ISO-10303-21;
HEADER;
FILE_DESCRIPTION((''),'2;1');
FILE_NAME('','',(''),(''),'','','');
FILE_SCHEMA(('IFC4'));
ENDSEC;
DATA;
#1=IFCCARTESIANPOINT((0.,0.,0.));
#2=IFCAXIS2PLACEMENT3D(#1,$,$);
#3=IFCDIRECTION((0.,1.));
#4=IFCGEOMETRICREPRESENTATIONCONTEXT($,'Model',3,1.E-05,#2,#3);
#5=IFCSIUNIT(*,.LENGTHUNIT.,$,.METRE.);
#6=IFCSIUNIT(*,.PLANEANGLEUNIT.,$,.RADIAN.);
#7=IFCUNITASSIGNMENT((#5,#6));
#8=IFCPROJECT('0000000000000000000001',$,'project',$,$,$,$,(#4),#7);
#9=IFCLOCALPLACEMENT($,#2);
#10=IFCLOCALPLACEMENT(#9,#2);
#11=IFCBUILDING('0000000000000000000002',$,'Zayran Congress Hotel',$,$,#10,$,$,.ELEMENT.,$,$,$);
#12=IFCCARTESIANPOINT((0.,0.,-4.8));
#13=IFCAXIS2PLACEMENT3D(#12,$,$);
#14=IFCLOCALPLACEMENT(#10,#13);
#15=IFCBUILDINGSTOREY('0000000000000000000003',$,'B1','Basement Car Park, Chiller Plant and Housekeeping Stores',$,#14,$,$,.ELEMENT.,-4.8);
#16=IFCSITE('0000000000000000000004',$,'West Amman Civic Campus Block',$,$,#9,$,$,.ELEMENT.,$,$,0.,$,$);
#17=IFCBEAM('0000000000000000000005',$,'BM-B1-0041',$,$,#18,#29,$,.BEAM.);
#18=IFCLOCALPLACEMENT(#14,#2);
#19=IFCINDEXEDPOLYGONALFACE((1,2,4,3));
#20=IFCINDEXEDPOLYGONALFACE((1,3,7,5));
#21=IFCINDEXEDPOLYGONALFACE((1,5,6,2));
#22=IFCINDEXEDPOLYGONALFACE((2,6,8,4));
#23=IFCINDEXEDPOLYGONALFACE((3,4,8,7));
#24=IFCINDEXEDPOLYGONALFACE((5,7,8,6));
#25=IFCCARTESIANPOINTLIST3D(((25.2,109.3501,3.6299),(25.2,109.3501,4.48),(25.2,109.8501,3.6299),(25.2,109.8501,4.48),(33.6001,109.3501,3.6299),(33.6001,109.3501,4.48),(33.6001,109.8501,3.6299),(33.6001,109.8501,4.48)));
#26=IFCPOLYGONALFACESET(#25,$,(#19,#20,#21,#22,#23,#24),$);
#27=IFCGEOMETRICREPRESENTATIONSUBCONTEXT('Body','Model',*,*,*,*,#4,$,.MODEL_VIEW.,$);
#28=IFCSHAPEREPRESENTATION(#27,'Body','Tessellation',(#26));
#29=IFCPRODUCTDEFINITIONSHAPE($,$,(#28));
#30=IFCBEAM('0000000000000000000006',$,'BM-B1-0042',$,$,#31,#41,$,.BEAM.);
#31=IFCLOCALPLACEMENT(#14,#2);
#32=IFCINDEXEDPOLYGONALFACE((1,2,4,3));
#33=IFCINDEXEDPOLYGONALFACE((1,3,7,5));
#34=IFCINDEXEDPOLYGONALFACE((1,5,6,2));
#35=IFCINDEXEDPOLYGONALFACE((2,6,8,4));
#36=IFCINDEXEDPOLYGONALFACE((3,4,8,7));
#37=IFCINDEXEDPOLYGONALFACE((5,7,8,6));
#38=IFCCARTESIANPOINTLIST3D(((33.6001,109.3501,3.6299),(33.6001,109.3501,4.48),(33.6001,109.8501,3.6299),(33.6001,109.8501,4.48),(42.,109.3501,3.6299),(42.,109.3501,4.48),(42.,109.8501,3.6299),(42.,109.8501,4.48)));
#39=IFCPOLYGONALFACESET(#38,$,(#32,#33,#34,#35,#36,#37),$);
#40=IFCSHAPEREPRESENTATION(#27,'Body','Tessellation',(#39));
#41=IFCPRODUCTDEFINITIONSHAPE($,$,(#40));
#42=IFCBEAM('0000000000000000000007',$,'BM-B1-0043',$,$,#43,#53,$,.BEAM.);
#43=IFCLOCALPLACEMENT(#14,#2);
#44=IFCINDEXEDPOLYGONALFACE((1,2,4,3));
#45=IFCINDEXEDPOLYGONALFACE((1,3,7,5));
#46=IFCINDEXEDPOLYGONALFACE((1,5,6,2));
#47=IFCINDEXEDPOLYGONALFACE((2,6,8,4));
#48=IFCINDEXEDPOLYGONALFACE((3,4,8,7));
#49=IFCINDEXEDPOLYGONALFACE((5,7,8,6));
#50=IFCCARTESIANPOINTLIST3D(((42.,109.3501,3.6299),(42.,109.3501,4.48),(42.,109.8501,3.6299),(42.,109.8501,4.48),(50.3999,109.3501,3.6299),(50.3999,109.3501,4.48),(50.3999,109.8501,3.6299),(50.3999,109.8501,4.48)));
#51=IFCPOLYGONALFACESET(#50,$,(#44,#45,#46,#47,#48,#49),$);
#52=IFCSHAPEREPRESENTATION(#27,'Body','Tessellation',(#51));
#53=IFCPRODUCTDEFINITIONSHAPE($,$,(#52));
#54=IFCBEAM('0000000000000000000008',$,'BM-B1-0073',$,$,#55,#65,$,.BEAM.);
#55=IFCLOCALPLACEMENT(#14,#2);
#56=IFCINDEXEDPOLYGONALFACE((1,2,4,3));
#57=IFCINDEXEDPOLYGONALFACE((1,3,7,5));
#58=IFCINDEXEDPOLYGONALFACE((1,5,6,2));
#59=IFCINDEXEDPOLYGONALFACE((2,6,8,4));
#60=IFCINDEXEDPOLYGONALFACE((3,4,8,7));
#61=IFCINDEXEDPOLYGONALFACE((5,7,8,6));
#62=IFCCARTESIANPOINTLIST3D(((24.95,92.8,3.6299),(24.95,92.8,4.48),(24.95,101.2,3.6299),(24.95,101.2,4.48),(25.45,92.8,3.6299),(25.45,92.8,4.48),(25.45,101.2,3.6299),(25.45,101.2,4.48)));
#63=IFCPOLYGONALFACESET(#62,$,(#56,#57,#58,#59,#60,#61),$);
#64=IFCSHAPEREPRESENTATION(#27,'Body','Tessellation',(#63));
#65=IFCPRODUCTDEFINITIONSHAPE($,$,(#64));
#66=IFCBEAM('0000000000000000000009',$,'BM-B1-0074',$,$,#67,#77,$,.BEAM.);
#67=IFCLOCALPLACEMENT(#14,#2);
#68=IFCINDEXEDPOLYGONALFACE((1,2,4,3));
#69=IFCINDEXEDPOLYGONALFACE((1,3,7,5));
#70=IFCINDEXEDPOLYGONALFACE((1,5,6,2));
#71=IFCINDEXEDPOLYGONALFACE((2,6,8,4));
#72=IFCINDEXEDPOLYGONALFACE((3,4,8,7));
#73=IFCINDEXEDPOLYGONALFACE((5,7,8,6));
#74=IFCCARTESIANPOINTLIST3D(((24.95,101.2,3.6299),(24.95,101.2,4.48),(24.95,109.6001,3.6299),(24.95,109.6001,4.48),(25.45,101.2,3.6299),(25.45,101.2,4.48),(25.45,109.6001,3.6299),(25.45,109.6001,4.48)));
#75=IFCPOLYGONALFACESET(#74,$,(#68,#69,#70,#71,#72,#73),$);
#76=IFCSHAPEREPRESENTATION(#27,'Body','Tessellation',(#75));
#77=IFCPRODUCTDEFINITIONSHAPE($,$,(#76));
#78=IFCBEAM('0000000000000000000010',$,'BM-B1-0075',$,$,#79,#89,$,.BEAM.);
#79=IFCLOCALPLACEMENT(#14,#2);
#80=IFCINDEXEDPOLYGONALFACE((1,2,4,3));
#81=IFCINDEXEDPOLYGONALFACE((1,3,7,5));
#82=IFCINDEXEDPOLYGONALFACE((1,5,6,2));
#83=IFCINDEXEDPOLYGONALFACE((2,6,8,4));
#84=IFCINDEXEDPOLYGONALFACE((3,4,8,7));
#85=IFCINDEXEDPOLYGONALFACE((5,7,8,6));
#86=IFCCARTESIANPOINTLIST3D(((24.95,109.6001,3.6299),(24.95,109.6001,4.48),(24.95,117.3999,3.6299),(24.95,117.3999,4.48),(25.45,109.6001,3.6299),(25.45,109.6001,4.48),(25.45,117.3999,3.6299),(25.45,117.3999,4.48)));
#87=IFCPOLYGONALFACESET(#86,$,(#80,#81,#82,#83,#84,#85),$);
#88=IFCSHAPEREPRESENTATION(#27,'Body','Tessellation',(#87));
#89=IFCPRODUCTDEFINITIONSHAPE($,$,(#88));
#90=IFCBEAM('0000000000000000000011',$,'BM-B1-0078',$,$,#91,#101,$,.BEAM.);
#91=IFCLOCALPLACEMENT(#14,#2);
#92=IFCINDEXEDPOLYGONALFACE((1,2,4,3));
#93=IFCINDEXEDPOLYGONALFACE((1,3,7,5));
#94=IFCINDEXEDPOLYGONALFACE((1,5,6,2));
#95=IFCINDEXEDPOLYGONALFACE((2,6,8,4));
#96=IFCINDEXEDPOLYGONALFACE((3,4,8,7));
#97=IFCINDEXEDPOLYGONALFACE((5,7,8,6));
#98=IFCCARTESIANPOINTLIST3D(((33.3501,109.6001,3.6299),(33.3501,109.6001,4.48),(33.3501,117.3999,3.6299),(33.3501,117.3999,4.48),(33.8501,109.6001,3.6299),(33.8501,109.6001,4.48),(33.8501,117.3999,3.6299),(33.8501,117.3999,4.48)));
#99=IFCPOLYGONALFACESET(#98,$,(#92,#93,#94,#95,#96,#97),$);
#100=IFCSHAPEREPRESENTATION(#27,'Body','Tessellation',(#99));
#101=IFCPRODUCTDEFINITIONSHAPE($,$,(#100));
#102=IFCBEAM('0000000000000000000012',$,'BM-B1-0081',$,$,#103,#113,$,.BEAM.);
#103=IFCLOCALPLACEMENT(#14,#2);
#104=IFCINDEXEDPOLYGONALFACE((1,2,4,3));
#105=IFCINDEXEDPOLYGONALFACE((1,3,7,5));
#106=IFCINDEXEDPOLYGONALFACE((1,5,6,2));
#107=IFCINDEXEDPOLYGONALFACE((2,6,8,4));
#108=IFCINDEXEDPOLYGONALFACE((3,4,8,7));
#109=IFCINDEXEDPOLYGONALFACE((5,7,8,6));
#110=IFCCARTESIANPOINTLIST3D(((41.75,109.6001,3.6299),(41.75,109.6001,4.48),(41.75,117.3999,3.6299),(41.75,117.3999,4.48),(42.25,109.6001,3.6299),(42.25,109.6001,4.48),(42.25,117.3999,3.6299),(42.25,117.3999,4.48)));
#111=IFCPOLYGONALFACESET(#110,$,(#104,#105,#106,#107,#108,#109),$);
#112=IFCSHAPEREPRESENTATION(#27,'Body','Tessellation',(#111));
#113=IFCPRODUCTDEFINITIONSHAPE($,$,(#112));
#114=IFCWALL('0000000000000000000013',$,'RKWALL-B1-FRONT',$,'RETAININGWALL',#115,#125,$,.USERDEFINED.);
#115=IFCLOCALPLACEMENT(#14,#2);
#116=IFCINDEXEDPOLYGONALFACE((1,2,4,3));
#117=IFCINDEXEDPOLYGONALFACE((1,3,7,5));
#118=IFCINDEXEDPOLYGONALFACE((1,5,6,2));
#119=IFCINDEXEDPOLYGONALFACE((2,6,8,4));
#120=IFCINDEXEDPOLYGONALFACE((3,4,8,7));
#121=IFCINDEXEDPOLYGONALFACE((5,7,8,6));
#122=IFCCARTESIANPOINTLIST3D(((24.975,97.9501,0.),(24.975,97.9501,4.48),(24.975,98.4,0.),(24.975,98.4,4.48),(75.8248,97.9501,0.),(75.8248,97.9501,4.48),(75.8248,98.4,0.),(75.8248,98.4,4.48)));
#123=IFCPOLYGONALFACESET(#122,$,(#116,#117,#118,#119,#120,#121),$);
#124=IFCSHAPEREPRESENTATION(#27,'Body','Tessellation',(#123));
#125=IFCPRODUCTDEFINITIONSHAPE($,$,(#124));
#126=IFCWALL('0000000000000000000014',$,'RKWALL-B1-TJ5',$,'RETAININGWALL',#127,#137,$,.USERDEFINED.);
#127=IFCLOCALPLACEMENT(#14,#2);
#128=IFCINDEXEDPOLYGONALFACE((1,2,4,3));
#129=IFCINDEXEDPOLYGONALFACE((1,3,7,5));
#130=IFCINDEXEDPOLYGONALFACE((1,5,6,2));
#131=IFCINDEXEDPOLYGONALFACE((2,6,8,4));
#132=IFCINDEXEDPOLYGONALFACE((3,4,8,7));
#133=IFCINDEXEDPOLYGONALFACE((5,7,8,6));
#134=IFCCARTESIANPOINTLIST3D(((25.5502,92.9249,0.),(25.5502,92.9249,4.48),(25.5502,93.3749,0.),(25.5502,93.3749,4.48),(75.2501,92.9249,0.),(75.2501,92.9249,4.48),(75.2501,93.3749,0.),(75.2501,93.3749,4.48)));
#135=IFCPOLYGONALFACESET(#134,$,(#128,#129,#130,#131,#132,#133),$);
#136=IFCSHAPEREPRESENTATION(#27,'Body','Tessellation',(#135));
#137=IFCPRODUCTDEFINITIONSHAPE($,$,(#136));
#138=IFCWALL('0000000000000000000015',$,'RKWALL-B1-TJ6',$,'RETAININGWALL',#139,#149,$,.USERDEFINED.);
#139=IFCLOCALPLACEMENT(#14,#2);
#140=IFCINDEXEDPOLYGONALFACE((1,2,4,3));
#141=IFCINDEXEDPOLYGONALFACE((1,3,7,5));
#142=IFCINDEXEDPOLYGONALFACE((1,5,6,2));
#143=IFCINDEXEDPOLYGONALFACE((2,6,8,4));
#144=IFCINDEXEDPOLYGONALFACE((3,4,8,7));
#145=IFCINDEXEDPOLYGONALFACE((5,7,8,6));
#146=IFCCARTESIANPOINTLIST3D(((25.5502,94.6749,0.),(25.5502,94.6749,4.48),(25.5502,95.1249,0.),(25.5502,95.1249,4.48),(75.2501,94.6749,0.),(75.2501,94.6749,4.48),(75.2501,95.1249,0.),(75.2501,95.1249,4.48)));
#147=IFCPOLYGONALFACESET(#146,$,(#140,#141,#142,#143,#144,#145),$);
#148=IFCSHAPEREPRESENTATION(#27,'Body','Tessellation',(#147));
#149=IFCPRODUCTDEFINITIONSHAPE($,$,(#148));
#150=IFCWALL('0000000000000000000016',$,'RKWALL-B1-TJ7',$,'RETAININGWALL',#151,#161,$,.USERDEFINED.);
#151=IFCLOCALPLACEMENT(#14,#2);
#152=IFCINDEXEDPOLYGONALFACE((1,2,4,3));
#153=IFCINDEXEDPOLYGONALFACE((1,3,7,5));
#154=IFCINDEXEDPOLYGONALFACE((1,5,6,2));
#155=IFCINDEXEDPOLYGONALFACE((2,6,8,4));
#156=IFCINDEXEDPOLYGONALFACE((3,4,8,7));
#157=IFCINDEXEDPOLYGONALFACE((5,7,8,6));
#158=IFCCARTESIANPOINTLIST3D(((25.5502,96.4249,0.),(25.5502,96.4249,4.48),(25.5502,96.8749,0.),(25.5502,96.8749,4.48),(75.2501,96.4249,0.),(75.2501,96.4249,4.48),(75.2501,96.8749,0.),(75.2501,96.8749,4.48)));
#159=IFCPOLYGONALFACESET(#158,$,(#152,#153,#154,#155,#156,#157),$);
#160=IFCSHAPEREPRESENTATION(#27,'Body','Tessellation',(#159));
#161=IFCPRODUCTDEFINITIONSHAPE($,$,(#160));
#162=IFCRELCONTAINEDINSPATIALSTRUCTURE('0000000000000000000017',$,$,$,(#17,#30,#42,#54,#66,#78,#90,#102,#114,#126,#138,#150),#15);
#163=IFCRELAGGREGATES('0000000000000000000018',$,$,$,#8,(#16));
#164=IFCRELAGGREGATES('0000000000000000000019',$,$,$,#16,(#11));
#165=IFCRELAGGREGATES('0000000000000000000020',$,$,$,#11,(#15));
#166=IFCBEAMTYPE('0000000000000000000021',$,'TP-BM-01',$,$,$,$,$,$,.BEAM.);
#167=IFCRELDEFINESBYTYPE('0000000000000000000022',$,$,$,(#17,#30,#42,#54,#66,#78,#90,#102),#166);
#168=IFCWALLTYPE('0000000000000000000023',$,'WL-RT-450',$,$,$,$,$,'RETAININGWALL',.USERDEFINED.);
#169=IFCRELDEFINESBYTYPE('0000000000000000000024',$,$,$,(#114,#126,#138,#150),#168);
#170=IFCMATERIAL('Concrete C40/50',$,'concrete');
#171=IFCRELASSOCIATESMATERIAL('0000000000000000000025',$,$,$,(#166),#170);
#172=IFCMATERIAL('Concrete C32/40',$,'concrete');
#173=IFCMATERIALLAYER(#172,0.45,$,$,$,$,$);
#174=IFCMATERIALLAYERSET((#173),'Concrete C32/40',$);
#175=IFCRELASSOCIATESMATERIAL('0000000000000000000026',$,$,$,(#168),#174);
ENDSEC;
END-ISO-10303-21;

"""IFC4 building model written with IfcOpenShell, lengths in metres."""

from ifc_helpers import new_model, si_unit, direction, frame, frame_2d, origin, origin_2d, place, context, subcontext, project, spatial, rectangle, extrude, material, layer, layer_set, material_profile, profile_set, type_object, element, save


model = new_model("IFC4")

# Units and contexts
model_context = context("Model", 3, precision=1e-05, world=origin(), true_north=direction((0.0, 1.0)))
body_context = subcontext(model_context, "Body", "Model", "MODEL_VIEW")
ifc_project = project(units=[si_unit("LENGTHUNIT", "METRE"), si_unit("PLANEANGLEUNIT", "RADIAN")], contexts=[model_context])

# Site, building, storey
site_placement = place(None, origin())
site = spatial("IfcSite", under=ifc_project, at=site_placement, Name="West Amman Civic Campus Block", CompositionType="ELEMENT", RefElevation=0.0)
building_placement = place(site_placement, origin())
building = spatial("IfcBuilding", under=site, at=building_placement, Name="Zayran Congress Hotel", CompositionType="ELEMENT")
storey_placement = place(building_placement, frame((0.0, 0.0, -4.8)))
storey = spatial("IfcBuildingStorey", under=building, at=storey_placement, Name="B1", Description="Basement Car Park, Chiller Plant and Housekeeping Stores", CompositionType="ELEMENT", Elevation=-4.8)

# Shared definitions
ifc_material_1 = material(Name="Concrete C40/50", Category="concrete")

# Beams
ifc_material_profile_1 = material_profile(ifc_material_1, rectangle(XDim=0.5, YDim=0.8501, at=origin_2d()), Name="RC 500x850")
ifc_profile_set_1 = profile_set([ifc_material_profile_1], Name="Concrete C40/50")
beam_type = type_object("IfcBeamType", Name="TP-BM-01", PredefinedType="BEAM", material=ifc_profile_set_1)
beam_1_placement = place(storey_placement, frame((25.2, 109.6001, 4.0549), z_axis=(1.0, 0.0, 0.0), x_axis=(0.0, 1.0, 0.0)))
element("IfcBeam", 1, at=beam_1_placement, inside=storey, type_object=beam_type, Name="BM-B1-0041", PredefinedType="BEAM", context=body_context, shape_type="SweptSolid", body=[
    extrude(rectangle(XDim=0.5, YDim=0.8501, at=origin_2d()), origin(), (0.0, 0.0, 1.0), 8.4001),
])
for number, where, z_axis, x_axis, name in (
    (2, (33.6001, 109.6001, 4.0549), (1.0, 0.0, 0.0), (0.0, 1.0, 0.0), "BM-B1-0042"),
    (3, (42.0, 109.6001, 4.0549), (1.0, 0.0, 0.0), (0.0, 1.0, 0.0), "BM-B1-0043"),
    (4, (25.2, 92.8, 4.0549), (0.0, 1.0, 0.0), (-1.0, 0.0, 0.0), "BM-B1-0073"),
):
    element("IfcBeam", number, at=place(storey_placement, frame(where, z_axis=z_axis, x_axis=x_axis)), inside=storey, type_object=beam_type, Name=name, PredefinedType="BEAM", context=body_context, shape_type="SweptSolid", body=[
        extrude(rectangle(XDim=0.5, YDim=0.8501, at=origin_2d()), origin(), (0.0, 0.0, 1.0), 8.3999),
    ])
beam_2_placement = place(storey_placement, frame((25.2, 101.2, 4.0549), z_axis=(0.0, 1.0, 0.0), x_axis=(-1.0, 0.0, 0.0)))
element("IfcBeam", 5, at=beam_2_placement, inside=storey, type_object=beam_type, Name="BM-B1-0074", PredefinedType="BEAM", context=body_context, shape_type="SweptSolid", body=[
    extrude(rectangle(XDim=0.5, YDim=0.8501, at=origin_2d()), origin(), (0.0, 0.0, 1.0), 8.4001),
])
for number, where, z_axis, x_axis, name in (
    (6, (25.2, 109.6001, 4.0549), (0.0, 1.0, 0.0), (-1.0, 0.0, 0.0), "BM-B1-0075"),
    (7, (33.6001, 109.6001, 4.0549), (0.0, 1.0, 0.0), (-1.0, 0.0, 0.0), "BM-B1-0078"),
    (8, (42.0, 109.6001, 4.0549), (0.0, 1.0, 0.0), (-1.0, 0.0, 0.0), "BM-B1-0081"),
):
    element("IfcBeam", number, at=place(storey_placement, frame(where, z_axis=z_axis, x_axis=x_axis)), inside=storey, type_object=beam_type, Name=name, PredefinedType="BEAM", context=body_context, shape_type="SweptSolid", body=[
        extrude(rectangle(XDim=0.5, YDim=0.8501, at=origin_2d()), origin(), (0.0, 0.0, 1.0), 7.7998),
    ])

# Walls
ifc_material_2 = material(Name="Concrete C32/40", Category="concrete")
ifc_layer = layer(ifc_material_2, 0.45)
ifc_layer_set = layer_set([ifc_layer], Name="Concrete C32/40")
wall_type = type_object("IfcWallType", Name="WL-RT-450", ElementType="RETAININGWALL", PredefinedType="USERDEFINED", material=ifc_layer_set)
wall_placement = place(storey_placement, frame((24.9751, 98.175, 0.0), z_axis=(0.0, 0.0, 1.0), x_axis=(1.0, 0.0, 0.0)))
element("IfcWall", 9, at=wall_placement, inside=storey, type_object=wall_type, Name="RKWALL-B1-FRONT", ObjectType="RETAININGWALL", PredefinedType="USERDEFINED", context=body_context, shape_type="SweptSolid", body=[
    extrude(rectangle(XDim=50.8499, YDim=0.45, at=frame_2d((25.4248, 0.0))), origin(), (0.0, 0.0, 1.0), 4.48),
])
for number, where, z_axis, x_axis, name in (
    (10, (25.55, 93.1499, 0.0), (0.0, 0.0, 1.0), (1.0, 0.0, 0.0), "RKWALL-B1-TJ5"),
    (11, (25.55, 94.8999, 0.0), (0.0, 0.0, 1.0), (1.0, 0.0, 0.0), "RKWALL-B1-TJ6"),
    (12, (25.55, 96.6499, 0.0), (0.0, 0.0, 1.0), (1.0, 0.0, 0.0), "RKWALL-B1-TJ7"),
):
    element("IfcWall", number, at=place(storey_placement, frame(where, z_axis=z_axis, x_axis=x_axis)), inside=storey, type_object=wall_type, Name=name, ObjectType="RETAININGWALL", PredefinedType="USERDEFINED", context=body_context, shape_type="SweptSolid", body=[
        extrude(rectangle(XDim=49.7, YDim=0.45, at=frame_2d((24.8501, 0.0))), origin(), (0.0, 0.0, 1.0), 4.48),
    ])

save(model, "model.ifc")
